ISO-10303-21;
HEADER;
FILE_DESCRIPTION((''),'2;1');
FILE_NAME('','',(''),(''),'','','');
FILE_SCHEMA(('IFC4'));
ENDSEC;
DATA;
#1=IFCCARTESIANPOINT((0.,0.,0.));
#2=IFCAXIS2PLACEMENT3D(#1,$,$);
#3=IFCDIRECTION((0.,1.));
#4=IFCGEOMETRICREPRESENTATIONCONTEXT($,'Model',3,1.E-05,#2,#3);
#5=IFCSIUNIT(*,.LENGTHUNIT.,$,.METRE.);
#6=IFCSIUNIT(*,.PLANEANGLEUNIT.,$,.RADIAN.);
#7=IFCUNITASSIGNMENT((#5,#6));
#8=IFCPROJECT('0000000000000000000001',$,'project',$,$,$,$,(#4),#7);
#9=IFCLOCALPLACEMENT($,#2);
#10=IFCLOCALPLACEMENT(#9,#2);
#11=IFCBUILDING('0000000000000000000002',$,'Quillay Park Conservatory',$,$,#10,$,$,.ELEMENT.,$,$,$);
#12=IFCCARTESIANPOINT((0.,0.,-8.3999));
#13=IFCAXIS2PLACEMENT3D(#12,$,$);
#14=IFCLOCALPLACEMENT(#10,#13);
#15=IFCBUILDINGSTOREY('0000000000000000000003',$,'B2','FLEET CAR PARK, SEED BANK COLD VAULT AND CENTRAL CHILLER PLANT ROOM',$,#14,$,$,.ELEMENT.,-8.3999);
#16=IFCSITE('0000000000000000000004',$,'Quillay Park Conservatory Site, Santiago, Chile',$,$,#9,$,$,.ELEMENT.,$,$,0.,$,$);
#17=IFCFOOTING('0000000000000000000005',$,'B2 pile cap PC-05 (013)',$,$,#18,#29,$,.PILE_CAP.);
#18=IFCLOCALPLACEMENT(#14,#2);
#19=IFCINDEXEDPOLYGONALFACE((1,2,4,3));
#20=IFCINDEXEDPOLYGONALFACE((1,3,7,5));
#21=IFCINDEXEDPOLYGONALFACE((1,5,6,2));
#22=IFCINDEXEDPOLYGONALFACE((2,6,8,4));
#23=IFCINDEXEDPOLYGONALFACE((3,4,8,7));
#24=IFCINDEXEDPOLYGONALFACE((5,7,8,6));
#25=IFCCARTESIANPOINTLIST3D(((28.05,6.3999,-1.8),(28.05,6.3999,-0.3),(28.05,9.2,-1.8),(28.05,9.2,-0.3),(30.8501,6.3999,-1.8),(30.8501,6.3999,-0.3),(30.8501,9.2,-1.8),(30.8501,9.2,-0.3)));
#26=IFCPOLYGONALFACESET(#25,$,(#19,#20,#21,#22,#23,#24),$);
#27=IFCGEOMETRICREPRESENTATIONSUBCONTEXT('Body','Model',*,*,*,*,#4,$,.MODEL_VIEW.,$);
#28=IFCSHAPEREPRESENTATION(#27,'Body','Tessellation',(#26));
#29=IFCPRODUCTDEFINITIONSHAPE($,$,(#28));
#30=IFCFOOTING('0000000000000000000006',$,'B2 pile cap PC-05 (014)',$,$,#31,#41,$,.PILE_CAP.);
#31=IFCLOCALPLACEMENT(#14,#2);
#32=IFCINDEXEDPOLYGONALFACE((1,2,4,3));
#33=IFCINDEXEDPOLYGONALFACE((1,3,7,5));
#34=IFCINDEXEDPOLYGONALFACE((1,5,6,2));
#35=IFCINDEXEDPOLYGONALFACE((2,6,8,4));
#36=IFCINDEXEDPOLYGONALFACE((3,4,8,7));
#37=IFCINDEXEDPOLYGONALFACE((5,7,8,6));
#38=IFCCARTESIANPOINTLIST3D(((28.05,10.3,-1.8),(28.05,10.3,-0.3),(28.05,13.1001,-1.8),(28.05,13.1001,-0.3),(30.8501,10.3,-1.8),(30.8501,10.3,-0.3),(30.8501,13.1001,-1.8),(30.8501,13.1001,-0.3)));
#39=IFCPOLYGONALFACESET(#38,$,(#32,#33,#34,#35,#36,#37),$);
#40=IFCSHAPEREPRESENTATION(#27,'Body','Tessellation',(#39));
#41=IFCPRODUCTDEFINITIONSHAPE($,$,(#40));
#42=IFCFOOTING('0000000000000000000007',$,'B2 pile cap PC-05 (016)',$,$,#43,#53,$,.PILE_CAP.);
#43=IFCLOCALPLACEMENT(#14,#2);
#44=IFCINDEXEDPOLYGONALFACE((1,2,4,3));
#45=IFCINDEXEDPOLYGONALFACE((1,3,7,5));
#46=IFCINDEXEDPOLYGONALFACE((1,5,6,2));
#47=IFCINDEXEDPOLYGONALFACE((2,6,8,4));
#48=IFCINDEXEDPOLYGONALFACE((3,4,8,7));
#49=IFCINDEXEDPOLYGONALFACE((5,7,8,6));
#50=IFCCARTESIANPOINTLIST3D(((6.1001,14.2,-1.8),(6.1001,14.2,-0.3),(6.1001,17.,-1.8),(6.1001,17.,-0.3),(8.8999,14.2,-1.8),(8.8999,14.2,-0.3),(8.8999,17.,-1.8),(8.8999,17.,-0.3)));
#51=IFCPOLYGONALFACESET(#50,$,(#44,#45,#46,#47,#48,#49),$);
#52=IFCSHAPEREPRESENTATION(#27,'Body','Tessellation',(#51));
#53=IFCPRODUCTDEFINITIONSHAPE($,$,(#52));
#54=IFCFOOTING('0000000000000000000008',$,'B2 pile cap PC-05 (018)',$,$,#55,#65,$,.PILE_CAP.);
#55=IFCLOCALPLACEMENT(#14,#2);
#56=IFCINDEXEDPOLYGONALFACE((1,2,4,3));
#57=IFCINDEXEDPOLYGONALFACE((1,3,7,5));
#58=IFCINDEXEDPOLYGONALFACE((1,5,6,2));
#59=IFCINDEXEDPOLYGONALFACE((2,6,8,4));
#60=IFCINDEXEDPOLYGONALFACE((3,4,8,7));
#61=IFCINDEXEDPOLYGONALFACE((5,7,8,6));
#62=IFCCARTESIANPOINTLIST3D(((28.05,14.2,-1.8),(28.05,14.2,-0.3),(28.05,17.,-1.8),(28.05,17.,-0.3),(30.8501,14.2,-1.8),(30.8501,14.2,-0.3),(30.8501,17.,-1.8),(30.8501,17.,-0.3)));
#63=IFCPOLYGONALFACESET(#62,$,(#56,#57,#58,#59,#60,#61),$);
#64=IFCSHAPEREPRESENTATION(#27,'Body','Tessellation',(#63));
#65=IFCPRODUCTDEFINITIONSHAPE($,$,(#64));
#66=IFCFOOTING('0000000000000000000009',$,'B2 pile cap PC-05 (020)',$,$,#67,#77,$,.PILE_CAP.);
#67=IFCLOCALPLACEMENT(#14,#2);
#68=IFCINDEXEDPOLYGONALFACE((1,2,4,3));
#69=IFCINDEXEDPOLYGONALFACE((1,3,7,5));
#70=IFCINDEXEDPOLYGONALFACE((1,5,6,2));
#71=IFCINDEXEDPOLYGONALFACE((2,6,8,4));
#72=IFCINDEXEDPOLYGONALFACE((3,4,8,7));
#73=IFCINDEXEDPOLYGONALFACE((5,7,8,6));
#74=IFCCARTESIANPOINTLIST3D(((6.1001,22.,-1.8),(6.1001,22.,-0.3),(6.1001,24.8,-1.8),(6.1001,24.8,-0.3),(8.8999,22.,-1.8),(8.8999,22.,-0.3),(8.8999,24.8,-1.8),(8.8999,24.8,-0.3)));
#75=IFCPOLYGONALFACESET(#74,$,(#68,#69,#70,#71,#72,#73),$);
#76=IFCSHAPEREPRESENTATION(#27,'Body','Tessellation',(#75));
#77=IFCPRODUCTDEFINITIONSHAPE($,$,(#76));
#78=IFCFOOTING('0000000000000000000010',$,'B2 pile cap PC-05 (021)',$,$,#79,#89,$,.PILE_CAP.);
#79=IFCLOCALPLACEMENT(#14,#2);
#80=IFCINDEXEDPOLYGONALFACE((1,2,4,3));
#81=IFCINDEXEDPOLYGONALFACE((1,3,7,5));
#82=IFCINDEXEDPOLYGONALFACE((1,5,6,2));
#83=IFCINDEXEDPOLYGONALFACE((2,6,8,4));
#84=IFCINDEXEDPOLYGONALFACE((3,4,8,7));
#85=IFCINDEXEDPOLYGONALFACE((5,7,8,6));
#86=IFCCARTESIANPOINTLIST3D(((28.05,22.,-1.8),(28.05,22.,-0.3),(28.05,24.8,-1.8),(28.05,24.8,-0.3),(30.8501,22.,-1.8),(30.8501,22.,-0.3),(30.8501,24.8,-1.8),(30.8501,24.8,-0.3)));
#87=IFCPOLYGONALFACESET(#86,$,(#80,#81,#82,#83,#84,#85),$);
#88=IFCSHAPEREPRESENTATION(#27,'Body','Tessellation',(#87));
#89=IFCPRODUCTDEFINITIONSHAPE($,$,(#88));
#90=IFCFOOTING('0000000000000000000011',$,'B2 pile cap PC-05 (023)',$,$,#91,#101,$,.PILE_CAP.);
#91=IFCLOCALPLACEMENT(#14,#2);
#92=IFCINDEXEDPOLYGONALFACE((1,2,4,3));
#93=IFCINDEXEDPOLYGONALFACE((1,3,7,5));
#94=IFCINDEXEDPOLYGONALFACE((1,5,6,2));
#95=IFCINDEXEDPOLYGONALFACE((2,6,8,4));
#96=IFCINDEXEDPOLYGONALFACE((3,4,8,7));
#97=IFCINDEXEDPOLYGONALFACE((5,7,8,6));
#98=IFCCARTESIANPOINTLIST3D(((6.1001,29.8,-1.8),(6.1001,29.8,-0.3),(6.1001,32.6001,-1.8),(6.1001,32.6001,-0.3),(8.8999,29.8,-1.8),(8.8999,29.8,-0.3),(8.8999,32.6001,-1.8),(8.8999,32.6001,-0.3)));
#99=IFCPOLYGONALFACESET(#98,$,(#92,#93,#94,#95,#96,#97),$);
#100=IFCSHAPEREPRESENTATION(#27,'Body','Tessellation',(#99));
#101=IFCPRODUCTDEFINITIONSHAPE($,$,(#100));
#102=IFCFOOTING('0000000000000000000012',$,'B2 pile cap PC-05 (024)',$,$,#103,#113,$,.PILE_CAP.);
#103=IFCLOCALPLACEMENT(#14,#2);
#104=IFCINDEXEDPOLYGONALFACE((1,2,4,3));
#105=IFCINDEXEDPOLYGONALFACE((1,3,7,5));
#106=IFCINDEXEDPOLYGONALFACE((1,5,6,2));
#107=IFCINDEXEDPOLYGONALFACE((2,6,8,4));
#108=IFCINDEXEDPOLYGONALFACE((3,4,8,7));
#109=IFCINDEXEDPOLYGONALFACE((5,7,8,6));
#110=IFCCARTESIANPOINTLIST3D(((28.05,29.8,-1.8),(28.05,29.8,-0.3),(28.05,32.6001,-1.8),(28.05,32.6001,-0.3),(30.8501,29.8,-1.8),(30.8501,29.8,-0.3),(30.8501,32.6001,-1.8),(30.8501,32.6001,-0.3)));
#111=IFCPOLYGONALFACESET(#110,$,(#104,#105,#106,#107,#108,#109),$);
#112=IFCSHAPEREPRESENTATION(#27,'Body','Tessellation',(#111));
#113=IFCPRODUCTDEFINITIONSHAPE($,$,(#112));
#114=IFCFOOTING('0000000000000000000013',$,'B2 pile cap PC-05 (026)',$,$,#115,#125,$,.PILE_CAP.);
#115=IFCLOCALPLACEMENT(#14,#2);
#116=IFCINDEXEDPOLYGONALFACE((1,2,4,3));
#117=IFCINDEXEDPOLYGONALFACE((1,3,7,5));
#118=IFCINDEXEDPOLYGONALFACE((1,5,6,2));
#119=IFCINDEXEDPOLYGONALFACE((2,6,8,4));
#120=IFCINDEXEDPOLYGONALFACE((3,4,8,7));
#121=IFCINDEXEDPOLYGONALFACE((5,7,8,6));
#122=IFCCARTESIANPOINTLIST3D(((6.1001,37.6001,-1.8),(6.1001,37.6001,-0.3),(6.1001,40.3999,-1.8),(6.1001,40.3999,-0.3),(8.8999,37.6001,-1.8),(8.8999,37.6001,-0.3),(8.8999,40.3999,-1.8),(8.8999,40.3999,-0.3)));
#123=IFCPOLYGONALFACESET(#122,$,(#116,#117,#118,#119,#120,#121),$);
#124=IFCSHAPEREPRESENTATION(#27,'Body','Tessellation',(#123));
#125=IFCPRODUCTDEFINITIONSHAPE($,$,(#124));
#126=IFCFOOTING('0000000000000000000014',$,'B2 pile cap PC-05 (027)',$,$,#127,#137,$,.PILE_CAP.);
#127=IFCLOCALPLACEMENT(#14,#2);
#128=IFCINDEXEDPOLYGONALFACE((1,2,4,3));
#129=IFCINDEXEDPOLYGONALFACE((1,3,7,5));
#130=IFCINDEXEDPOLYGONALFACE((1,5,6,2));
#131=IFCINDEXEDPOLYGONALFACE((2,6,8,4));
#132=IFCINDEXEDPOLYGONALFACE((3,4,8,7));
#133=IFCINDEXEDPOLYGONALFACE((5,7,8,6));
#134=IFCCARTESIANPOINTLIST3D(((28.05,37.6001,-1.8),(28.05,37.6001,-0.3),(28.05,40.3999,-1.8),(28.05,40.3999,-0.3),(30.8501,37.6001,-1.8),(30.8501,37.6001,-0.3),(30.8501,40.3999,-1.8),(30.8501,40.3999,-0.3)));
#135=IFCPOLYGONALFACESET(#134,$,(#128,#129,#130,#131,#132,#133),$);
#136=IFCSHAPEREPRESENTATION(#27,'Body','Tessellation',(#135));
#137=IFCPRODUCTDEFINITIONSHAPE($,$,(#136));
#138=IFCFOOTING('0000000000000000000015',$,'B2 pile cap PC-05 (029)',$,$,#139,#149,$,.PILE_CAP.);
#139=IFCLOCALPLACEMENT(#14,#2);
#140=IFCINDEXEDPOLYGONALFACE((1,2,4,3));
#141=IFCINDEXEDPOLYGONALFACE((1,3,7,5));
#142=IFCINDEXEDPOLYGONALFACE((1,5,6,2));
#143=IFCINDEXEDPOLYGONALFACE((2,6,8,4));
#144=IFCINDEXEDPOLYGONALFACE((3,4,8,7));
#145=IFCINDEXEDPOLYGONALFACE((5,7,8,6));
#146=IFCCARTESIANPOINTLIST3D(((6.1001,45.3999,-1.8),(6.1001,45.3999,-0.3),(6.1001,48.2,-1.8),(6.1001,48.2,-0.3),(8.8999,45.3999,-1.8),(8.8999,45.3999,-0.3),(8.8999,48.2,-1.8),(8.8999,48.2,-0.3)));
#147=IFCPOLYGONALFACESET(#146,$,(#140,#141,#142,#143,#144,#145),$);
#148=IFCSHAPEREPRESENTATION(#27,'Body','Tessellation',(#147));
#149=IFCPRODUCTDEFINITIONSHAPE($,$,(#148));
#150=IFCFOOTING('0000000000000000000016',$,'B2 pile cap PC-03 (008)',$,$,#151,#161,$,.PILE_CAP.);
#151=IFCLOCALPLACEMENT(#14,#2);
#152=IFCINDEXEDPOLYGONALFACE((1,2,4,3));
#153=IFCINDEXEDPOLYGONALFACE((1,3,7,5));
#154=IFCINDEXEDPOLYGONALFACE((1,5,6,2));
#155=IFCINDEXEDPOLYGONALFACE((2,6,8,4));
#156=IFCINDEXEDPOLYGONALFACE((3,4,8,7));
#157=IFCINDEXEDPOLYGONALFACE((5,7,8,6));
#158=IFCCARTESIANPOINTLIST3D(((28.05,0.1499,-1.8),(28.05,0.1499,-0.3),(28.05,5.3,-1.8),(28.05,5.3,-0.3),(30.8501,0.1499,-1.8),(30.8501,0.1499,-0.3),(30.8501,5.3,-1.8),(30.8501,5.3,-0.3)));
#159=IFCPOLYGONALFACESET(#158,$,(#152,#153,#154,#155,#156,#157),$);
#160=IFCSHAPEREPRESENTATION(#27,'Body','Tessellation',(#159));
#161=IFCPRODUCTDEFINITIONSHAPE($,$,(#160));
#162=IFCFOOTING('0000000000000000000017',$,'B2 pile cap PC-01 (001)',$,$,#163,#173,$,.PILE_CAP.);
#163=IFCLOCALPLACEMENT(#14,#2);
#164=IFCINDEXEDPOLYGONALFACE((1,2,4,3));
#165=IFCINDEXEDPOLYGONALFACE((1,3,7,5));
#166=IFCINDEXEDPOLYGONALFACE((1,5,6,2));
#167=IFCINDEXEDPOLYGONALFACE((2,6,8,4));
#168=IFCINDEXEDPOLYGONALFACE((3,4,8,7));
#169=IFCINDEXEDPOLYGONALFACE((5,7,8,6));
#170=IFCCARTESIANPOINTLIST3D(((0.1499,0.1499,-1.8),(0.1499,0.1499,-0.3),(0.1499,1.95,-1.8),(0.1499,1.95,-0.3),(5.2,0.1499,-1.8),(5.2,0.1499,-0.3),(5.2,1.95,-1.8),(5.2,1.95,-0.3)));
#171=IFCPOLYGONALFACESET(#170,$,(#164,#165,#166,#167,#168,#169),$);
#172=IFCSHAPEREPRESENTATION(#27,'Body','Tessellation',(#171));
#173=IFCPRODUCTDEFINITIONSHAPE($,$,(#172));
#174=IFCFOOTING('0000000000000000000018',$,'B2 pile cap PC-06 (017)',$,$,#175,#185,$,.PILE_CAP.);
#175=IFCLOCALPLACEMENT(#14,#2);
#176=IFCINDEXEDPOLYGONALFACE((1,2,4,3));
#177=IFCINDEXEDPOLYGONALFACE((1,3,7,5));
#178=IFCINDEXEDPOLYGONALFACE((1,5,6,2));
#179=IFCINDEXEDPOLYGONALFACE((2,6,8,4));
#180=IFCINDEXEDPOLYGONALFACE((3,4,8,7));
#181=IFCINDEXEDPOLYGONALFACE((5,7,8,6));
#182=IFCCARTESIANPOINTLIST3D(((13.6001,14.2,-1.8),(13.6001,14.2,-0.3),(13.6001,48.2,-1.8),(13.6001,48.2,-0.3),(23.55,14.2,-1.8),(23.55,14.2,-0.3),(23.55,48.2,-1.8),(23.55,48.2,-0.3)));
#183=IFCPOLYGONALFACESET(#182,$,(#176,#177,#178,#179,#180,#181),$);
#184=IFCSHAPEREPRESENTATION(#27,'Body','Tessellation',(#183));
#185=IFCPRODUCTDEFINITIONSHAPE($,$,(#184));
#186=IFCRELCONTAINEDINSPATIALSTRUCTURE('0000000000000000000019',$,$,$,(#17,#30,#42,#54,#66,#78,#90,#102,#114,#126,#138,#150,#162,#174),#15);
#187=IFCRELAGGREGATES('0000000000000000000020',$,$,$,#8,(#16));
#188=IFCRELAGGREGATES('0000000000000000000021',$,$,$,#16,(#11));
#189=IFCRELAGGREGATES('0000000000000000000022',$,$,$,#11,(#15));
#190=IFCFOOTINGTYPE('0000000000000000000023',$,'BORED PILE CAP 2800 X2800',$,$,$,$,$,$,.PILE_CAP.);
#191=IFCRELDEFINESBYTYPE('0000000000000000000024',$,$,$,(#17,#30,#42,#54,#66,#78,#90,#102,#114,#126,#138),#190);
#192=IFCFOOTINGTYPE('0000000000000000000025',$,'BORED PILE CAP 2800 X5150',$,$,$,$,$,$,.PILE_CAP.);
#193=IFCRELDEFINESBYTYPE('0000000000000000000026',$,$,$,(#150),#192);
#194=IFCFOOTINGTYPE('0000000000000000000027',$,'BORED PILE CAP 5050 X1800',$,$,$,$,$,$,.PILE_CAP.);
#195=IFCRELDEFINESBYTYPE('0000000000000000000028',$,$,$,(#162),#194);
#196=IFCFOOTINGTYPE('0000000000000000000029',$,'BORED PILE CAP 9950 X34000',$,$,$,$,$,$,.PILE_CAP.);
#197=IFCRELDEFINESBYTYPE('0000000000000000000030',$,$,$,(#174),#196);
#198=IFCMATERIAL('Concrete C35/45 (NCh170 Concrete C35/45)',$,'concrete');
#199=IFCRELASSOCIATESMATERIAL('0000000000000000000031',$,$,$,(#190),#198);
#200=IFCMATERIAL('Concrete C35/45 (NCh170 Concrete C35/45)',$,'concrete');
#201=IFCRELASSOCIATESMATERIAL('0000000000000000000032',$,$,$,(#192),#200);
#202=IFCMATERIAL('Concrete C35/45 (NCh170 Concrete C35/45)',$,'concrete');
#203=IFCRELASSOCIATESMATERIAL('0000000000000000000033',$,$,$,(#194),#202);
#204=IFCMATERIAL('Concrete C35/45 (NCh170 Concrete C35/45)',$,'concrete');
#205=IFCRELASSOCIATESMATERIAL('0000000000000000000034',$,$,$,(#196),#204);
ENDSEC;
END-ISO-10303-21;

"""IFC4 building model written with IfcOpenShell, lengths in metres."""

from ifc_helpers import new_model, si_unit, direction, frame, origin, place, context, subcontext, project, spatial, polyline, outline, extrude, material, type_object, element, save


model = new_model("IFC4")

# Units and contexts
model_context = context("Model", 3, precision=1e-05, world=origin(), true_north=direction((0.0, 1.0)))
body_context = subcontext(model_context, "Body", "Model", "MODEL_VIEW")
ifc_project = project(units=[si_unit("LENGTHUNIT", "METRE"), si_unit("PLANEANGLEUNIT", "RADIAN")], contexts=[model_context])

# Site, building, storey
site_placement = place(None, origin())
site = spatial("IfcSite", under=ifc_project, at=site_placement, Name="Quillay Park Conservatory Site, Santiago, Chile", CompositionType="ELEMENT", RefElevation=0.0)
building_placement = place(site_placement, origin())
building = spatial("IfcBuilding", under=site, at=building_placement, Name="Quillay Park Conservatory", CompositionType="ELEMENT")
storey_placement = place(building_placement, frame((0.0, 0.0, -8.3999)))
storey = spatial("IfcBuildingStorey", under=building, at=storey_placement, Name="B2", Description="FLEET CAR PARK, SEED BANK COLD VAULT AND CENTRAL CHILLER PLANT ROOM", CompositionType="ELEMENT", Elevation=-8.3999)

# Footings
ifc_material_1 = material(Name="Concrete C35/45 (NCh170 Concrete C35/45)", Category="concrete")
footing_type_1 = type_object("IfcFootingType", Name="BORED PILE CAP 2800 X2800", PredefinedType="PILE_CAP", material=ifc_material_1)
footing_1_placement = place(storey_placement, frame((0.0, 0.0, -1.8)))
element("IfcFooting", 1, at=footing_1_placement, inside=storey, type_object=footing_type_1, Name="B2 pile cap PC-05 (013)", PredefinedType="PILE_CAP", context=body_context, shape_type="SweptSolid", body=[
    extrude(outline(polyline([(28.05, 6.3999), (30.8501, 6.3999), (30.8501, 9.2), (28.05, 9.2), (28.05, 6.3999)])), origin(), (0.0, 0.0, 1.0), 1.5),
])
footing_2_placement = place(storey_placement, frame((0.0, 0.0, -1.8)))
element("IfcFooting", 2, at=footing_2_placement, inside=storey, type_object=footing_type_1, Name="B2 pile cap PC-05 (014)", PredefinedType="PILE_CAP", context=body_context, shape_type="SweptSolid", body=[
    extrude(outline(polyline([(28.05, 10.3), (30.8501, 10.3), (30.8501, 13.1001), (28.05, 13.1001), (28.05, 10.3)])), origin(), (0.0, 0.0, 1.0), 1.5),
])
footing_3_placement = place(storey_placement, frame((0.0, 0.0, -1.8)))
element("IfcFooting", 3, at=footing_3_placement, inside=storey, type_object=footing_type_1, Name="B2 pile cap PC-05 (016)", PredefinedType="PILE_CAP", context=body_context, shape_type="SweptSolid", body=[
    extrude(outline(polyline([(6.1001, 14.2), (8.8999, 14.2), (8.8999, 17.0), (6.1001, 17.0), (6.1001, 14.2)])), origin(), (0.0, 0.0, 1.0), 1.5),
])
footing_4_placement = place(storey_placement, frame((0.0, 0.0, -1.8)))
element("IfcFooting", 4, at=footing_4_placement, inside=storey, type_object=footing_type_1, Name="B2 pile cap PC-05 (018)", PredefinedType="PILE_CAP", context=body_context, shape_type="SweptSolid", body=[
    extrude(outline(polyline([(28.05, 14.2), (30.8501, 14.2), (30.8501, 17.0), (28.05, 17.0), (28.05, 14.2)])), origin(), (0.0, 0.0, 1.0), 1.5),
])
footing_5_placement = place(storey_placement, frame((0.0, 0.0, -1.8)))
element("IfcFooting", 5, at=footing_5_placement, inside=storey, type_object=footing_type_1, Name="B2 pile cap PC-05 (020)", PredefinedType="PILE_CAP", context=body_context, shape_type="SweptSolid", body=[
    extrude(outline(polyline([(6.1001, 22.0), (8.8999, 22.0), (8.8999, 24.8), (6.1001, 24.8), (6.1001, 22.0)])), origin(), (0.0, 0.0, 1.0), 1.5),
])
footing_6_placement = place(storey_placement, frame((0.0, 0.0, -1.8)))
element("IfcFooting", 6, at=footing_6_placement, inside=storey, type_object=footing_type_1, Name="B2 pile cap PC-05 (021)", PredefinedType="PILE_CAP", context=body_context, shape_type="SweptSolid", body=[
    extrude(outline(polyline([(28.05, 22.0), (30.8501, 22.0), (30.8501, 24.8), (28.05, 24.8), (28.05, 22.0)])), origin(), (0.0, 0.0, 1.0), 1.5),
])
footing_7_placement = place(storey_placement, frame((0.0, 0.0, -1.8)))
element("IfcFooting", 7, at=footing_7_placement, inside=storey, type_object=footing_type_1, Name="B2 pile cap PC-05 (023)", PredefinedType="PILE_CAP", context=body_context, shape_type="SweptSolid", body=[
    extrude(outline(polyline([(6.1001, 29.8), (8.8999, 29.8), (8.8999, 32.6001), (6.1001, 32.6001), (6.1001, 29.8)])), origin(), (0.0, 0.0, 1.0), 1.5),
])
footing_8_placement = place(storey_placement, frame((0.0, 0.0, -1.8)))
element("IfcFooting", 8, at=footing_8_placement, inside=storey, type_object=footing_type_1, Name="B2 pile cap PC-05 (024)", PredefinedType="PILE_CAP", context=body_context, shape_type="SweptSolid", body=[
    extrude(outline(polyline([(28.05, 29.8), (30.8501, 29.8), (30.8501, 32.6001), (28.05, 32.6001), (28.05, 29.8)])), origin(), (0.0, 0.0, 1.0), 1.5),
])
footing_9_placement = place(storey_placement, frame((0.0, 0.0, -1.8)))
element("IfcFooting", 9, at=footing_9_placement, inside=storey, type_object=footing_type_1, Name="B2 pile cap PC-05 (026)", PredefinedType="PILE_CAP", context=body_context, shape_type="SweptSolid", body=[
    extrude(outline(polyline([(6.1001, 37.6001), (8.8999, 37.6001), (8.8999, 40.3999), (6.1001, 40.3999), (6.1001, 37.6001)])), origin(), (0.0, 0.0, 1.0), 1.5),
])
footing_10_placement = place(storey_placement, frame((0.0, 0.0, -1.8)))
element("IfcFooting", 10, at=footing_10_placement, inside=storey, type_object=footing_type_1, Name="B2 pile cap PC-05 (027)", PredefinedType="PILE_CAP", context=body_context, shape_type="SweptSolid", body=[
    extrude(outline(polyline([(28.05, 37.6001), (30.8501, 37.6001), (30.8501, 40.3999), (28.05, 40.3999), (28.05, 37.6001)])), origin(), (0.0, 0.0, 1.0), 1.5),
])
footing_11_placement = place(storey_placement, frame((0.0, 0.0, -1.8)))
element("IfcFooting", 11, at=footing_11_placement, inside=storey, type_object=footing_type_1, Name="B2 pile cap PC-05 (029)", PredefinedType="PILE_CAP", context=body_context, shape_type="SweptSolid", body=[
    extrude(outline(polyline([(6.1001, 45.3999), (8.8999, 45.3999), (8.8999, 48.2), (6.1001, 48.2), (6.1001, 45.3999)])), origin(), (0.0, 0.0, 1.0), 1.5),
])
ifc_material_2 = material(Name="Concrete C35/45 (NCh170 Concrete C35/45)", Category="concrete")
footing_type_2 = type_object("IfcFootingType", Name="BORED PILE CAP 2800 X5150", PredefinedType="PILE_CAP", material=ifc_material_2)
footing_12_placement = place(storey_placement, frame((0.0, 0.0, -1.8)))
element("IfcFooting", 12, at=footing_12_placement, inside=storey, type_object=footing_type_2, Name="B2 pile cap PC-03 (008)", PredefinedType="PILE_CAP", context=body_context, shape_type="SweptSolid", body=[
    extrude(outline(polyline([(28.05, 0.1499), (30.8501, 0.1499), (30.8501, 5.3), (28.05, 5.3), (28.05, 0.1499)])), origin(), (0.0, 0.0, 1.0), 1.5),
])
ifc_material_3 = material(Name="Concrete C35/45 (NCh170 Concrete C35/45)", Category="concrete")
footing_type_3 = type_object("IfcFootingType", Name="BORED PILE CAP 5050 X1800", PredefinedType="PILE_CAP", material=ifc_material_3)
footing_13_placement = place(storey_placement, frame((0.0, 0.0, -1.8)))
element("IfcFooting", 13, at=footing_13_placement, inside=storey, type_object=footing_type_3, Name="B2 pile cap PC-01 (001)", PredefinedType="PILE_CAP", context=body_context, shape_type="SweptSolid", body=[
    extrude(outline(polyline([(0.1499, 0.1499), (5.2, 0.1499), (5.2, 1.95), (0.1499, 1.95), (0.1499, 0.1499)])), origin(), (0.0, 0.0, 1.0), 1.5),
])
ifc_material_4 = material(Name="Concrete C35/45 (NCh170 Concrete C35/45)", Category="concrete")
footing_type_4 = type_object("IfcFootingType", Name="BORED PILE CAP 9950 X34000", PredefinedType="PILE_CAP", material=ifc_material_4)
footing_14_placement = place(storey_placement, frame((0.0, 0.0, -1.8)))
element("IfcFooting", 14, at=footing_14_placement, inside=storey, type_object=footing_type_4, Name="B2 pile cap PC-06 (017)", PredefinedType="PILE_CAP", context=body_context, shape_type="SweptSolid", body=[
    extrude(outline(polyline([(13.6001, 14.2), (23.55, 14.2), (23.55, 48.2), (13.6001, 48.2), (13.6001, 14.2)])), origin(), (0.0, 0.0, 1.0), 1.5),
])

save(model, "model.ifc")
